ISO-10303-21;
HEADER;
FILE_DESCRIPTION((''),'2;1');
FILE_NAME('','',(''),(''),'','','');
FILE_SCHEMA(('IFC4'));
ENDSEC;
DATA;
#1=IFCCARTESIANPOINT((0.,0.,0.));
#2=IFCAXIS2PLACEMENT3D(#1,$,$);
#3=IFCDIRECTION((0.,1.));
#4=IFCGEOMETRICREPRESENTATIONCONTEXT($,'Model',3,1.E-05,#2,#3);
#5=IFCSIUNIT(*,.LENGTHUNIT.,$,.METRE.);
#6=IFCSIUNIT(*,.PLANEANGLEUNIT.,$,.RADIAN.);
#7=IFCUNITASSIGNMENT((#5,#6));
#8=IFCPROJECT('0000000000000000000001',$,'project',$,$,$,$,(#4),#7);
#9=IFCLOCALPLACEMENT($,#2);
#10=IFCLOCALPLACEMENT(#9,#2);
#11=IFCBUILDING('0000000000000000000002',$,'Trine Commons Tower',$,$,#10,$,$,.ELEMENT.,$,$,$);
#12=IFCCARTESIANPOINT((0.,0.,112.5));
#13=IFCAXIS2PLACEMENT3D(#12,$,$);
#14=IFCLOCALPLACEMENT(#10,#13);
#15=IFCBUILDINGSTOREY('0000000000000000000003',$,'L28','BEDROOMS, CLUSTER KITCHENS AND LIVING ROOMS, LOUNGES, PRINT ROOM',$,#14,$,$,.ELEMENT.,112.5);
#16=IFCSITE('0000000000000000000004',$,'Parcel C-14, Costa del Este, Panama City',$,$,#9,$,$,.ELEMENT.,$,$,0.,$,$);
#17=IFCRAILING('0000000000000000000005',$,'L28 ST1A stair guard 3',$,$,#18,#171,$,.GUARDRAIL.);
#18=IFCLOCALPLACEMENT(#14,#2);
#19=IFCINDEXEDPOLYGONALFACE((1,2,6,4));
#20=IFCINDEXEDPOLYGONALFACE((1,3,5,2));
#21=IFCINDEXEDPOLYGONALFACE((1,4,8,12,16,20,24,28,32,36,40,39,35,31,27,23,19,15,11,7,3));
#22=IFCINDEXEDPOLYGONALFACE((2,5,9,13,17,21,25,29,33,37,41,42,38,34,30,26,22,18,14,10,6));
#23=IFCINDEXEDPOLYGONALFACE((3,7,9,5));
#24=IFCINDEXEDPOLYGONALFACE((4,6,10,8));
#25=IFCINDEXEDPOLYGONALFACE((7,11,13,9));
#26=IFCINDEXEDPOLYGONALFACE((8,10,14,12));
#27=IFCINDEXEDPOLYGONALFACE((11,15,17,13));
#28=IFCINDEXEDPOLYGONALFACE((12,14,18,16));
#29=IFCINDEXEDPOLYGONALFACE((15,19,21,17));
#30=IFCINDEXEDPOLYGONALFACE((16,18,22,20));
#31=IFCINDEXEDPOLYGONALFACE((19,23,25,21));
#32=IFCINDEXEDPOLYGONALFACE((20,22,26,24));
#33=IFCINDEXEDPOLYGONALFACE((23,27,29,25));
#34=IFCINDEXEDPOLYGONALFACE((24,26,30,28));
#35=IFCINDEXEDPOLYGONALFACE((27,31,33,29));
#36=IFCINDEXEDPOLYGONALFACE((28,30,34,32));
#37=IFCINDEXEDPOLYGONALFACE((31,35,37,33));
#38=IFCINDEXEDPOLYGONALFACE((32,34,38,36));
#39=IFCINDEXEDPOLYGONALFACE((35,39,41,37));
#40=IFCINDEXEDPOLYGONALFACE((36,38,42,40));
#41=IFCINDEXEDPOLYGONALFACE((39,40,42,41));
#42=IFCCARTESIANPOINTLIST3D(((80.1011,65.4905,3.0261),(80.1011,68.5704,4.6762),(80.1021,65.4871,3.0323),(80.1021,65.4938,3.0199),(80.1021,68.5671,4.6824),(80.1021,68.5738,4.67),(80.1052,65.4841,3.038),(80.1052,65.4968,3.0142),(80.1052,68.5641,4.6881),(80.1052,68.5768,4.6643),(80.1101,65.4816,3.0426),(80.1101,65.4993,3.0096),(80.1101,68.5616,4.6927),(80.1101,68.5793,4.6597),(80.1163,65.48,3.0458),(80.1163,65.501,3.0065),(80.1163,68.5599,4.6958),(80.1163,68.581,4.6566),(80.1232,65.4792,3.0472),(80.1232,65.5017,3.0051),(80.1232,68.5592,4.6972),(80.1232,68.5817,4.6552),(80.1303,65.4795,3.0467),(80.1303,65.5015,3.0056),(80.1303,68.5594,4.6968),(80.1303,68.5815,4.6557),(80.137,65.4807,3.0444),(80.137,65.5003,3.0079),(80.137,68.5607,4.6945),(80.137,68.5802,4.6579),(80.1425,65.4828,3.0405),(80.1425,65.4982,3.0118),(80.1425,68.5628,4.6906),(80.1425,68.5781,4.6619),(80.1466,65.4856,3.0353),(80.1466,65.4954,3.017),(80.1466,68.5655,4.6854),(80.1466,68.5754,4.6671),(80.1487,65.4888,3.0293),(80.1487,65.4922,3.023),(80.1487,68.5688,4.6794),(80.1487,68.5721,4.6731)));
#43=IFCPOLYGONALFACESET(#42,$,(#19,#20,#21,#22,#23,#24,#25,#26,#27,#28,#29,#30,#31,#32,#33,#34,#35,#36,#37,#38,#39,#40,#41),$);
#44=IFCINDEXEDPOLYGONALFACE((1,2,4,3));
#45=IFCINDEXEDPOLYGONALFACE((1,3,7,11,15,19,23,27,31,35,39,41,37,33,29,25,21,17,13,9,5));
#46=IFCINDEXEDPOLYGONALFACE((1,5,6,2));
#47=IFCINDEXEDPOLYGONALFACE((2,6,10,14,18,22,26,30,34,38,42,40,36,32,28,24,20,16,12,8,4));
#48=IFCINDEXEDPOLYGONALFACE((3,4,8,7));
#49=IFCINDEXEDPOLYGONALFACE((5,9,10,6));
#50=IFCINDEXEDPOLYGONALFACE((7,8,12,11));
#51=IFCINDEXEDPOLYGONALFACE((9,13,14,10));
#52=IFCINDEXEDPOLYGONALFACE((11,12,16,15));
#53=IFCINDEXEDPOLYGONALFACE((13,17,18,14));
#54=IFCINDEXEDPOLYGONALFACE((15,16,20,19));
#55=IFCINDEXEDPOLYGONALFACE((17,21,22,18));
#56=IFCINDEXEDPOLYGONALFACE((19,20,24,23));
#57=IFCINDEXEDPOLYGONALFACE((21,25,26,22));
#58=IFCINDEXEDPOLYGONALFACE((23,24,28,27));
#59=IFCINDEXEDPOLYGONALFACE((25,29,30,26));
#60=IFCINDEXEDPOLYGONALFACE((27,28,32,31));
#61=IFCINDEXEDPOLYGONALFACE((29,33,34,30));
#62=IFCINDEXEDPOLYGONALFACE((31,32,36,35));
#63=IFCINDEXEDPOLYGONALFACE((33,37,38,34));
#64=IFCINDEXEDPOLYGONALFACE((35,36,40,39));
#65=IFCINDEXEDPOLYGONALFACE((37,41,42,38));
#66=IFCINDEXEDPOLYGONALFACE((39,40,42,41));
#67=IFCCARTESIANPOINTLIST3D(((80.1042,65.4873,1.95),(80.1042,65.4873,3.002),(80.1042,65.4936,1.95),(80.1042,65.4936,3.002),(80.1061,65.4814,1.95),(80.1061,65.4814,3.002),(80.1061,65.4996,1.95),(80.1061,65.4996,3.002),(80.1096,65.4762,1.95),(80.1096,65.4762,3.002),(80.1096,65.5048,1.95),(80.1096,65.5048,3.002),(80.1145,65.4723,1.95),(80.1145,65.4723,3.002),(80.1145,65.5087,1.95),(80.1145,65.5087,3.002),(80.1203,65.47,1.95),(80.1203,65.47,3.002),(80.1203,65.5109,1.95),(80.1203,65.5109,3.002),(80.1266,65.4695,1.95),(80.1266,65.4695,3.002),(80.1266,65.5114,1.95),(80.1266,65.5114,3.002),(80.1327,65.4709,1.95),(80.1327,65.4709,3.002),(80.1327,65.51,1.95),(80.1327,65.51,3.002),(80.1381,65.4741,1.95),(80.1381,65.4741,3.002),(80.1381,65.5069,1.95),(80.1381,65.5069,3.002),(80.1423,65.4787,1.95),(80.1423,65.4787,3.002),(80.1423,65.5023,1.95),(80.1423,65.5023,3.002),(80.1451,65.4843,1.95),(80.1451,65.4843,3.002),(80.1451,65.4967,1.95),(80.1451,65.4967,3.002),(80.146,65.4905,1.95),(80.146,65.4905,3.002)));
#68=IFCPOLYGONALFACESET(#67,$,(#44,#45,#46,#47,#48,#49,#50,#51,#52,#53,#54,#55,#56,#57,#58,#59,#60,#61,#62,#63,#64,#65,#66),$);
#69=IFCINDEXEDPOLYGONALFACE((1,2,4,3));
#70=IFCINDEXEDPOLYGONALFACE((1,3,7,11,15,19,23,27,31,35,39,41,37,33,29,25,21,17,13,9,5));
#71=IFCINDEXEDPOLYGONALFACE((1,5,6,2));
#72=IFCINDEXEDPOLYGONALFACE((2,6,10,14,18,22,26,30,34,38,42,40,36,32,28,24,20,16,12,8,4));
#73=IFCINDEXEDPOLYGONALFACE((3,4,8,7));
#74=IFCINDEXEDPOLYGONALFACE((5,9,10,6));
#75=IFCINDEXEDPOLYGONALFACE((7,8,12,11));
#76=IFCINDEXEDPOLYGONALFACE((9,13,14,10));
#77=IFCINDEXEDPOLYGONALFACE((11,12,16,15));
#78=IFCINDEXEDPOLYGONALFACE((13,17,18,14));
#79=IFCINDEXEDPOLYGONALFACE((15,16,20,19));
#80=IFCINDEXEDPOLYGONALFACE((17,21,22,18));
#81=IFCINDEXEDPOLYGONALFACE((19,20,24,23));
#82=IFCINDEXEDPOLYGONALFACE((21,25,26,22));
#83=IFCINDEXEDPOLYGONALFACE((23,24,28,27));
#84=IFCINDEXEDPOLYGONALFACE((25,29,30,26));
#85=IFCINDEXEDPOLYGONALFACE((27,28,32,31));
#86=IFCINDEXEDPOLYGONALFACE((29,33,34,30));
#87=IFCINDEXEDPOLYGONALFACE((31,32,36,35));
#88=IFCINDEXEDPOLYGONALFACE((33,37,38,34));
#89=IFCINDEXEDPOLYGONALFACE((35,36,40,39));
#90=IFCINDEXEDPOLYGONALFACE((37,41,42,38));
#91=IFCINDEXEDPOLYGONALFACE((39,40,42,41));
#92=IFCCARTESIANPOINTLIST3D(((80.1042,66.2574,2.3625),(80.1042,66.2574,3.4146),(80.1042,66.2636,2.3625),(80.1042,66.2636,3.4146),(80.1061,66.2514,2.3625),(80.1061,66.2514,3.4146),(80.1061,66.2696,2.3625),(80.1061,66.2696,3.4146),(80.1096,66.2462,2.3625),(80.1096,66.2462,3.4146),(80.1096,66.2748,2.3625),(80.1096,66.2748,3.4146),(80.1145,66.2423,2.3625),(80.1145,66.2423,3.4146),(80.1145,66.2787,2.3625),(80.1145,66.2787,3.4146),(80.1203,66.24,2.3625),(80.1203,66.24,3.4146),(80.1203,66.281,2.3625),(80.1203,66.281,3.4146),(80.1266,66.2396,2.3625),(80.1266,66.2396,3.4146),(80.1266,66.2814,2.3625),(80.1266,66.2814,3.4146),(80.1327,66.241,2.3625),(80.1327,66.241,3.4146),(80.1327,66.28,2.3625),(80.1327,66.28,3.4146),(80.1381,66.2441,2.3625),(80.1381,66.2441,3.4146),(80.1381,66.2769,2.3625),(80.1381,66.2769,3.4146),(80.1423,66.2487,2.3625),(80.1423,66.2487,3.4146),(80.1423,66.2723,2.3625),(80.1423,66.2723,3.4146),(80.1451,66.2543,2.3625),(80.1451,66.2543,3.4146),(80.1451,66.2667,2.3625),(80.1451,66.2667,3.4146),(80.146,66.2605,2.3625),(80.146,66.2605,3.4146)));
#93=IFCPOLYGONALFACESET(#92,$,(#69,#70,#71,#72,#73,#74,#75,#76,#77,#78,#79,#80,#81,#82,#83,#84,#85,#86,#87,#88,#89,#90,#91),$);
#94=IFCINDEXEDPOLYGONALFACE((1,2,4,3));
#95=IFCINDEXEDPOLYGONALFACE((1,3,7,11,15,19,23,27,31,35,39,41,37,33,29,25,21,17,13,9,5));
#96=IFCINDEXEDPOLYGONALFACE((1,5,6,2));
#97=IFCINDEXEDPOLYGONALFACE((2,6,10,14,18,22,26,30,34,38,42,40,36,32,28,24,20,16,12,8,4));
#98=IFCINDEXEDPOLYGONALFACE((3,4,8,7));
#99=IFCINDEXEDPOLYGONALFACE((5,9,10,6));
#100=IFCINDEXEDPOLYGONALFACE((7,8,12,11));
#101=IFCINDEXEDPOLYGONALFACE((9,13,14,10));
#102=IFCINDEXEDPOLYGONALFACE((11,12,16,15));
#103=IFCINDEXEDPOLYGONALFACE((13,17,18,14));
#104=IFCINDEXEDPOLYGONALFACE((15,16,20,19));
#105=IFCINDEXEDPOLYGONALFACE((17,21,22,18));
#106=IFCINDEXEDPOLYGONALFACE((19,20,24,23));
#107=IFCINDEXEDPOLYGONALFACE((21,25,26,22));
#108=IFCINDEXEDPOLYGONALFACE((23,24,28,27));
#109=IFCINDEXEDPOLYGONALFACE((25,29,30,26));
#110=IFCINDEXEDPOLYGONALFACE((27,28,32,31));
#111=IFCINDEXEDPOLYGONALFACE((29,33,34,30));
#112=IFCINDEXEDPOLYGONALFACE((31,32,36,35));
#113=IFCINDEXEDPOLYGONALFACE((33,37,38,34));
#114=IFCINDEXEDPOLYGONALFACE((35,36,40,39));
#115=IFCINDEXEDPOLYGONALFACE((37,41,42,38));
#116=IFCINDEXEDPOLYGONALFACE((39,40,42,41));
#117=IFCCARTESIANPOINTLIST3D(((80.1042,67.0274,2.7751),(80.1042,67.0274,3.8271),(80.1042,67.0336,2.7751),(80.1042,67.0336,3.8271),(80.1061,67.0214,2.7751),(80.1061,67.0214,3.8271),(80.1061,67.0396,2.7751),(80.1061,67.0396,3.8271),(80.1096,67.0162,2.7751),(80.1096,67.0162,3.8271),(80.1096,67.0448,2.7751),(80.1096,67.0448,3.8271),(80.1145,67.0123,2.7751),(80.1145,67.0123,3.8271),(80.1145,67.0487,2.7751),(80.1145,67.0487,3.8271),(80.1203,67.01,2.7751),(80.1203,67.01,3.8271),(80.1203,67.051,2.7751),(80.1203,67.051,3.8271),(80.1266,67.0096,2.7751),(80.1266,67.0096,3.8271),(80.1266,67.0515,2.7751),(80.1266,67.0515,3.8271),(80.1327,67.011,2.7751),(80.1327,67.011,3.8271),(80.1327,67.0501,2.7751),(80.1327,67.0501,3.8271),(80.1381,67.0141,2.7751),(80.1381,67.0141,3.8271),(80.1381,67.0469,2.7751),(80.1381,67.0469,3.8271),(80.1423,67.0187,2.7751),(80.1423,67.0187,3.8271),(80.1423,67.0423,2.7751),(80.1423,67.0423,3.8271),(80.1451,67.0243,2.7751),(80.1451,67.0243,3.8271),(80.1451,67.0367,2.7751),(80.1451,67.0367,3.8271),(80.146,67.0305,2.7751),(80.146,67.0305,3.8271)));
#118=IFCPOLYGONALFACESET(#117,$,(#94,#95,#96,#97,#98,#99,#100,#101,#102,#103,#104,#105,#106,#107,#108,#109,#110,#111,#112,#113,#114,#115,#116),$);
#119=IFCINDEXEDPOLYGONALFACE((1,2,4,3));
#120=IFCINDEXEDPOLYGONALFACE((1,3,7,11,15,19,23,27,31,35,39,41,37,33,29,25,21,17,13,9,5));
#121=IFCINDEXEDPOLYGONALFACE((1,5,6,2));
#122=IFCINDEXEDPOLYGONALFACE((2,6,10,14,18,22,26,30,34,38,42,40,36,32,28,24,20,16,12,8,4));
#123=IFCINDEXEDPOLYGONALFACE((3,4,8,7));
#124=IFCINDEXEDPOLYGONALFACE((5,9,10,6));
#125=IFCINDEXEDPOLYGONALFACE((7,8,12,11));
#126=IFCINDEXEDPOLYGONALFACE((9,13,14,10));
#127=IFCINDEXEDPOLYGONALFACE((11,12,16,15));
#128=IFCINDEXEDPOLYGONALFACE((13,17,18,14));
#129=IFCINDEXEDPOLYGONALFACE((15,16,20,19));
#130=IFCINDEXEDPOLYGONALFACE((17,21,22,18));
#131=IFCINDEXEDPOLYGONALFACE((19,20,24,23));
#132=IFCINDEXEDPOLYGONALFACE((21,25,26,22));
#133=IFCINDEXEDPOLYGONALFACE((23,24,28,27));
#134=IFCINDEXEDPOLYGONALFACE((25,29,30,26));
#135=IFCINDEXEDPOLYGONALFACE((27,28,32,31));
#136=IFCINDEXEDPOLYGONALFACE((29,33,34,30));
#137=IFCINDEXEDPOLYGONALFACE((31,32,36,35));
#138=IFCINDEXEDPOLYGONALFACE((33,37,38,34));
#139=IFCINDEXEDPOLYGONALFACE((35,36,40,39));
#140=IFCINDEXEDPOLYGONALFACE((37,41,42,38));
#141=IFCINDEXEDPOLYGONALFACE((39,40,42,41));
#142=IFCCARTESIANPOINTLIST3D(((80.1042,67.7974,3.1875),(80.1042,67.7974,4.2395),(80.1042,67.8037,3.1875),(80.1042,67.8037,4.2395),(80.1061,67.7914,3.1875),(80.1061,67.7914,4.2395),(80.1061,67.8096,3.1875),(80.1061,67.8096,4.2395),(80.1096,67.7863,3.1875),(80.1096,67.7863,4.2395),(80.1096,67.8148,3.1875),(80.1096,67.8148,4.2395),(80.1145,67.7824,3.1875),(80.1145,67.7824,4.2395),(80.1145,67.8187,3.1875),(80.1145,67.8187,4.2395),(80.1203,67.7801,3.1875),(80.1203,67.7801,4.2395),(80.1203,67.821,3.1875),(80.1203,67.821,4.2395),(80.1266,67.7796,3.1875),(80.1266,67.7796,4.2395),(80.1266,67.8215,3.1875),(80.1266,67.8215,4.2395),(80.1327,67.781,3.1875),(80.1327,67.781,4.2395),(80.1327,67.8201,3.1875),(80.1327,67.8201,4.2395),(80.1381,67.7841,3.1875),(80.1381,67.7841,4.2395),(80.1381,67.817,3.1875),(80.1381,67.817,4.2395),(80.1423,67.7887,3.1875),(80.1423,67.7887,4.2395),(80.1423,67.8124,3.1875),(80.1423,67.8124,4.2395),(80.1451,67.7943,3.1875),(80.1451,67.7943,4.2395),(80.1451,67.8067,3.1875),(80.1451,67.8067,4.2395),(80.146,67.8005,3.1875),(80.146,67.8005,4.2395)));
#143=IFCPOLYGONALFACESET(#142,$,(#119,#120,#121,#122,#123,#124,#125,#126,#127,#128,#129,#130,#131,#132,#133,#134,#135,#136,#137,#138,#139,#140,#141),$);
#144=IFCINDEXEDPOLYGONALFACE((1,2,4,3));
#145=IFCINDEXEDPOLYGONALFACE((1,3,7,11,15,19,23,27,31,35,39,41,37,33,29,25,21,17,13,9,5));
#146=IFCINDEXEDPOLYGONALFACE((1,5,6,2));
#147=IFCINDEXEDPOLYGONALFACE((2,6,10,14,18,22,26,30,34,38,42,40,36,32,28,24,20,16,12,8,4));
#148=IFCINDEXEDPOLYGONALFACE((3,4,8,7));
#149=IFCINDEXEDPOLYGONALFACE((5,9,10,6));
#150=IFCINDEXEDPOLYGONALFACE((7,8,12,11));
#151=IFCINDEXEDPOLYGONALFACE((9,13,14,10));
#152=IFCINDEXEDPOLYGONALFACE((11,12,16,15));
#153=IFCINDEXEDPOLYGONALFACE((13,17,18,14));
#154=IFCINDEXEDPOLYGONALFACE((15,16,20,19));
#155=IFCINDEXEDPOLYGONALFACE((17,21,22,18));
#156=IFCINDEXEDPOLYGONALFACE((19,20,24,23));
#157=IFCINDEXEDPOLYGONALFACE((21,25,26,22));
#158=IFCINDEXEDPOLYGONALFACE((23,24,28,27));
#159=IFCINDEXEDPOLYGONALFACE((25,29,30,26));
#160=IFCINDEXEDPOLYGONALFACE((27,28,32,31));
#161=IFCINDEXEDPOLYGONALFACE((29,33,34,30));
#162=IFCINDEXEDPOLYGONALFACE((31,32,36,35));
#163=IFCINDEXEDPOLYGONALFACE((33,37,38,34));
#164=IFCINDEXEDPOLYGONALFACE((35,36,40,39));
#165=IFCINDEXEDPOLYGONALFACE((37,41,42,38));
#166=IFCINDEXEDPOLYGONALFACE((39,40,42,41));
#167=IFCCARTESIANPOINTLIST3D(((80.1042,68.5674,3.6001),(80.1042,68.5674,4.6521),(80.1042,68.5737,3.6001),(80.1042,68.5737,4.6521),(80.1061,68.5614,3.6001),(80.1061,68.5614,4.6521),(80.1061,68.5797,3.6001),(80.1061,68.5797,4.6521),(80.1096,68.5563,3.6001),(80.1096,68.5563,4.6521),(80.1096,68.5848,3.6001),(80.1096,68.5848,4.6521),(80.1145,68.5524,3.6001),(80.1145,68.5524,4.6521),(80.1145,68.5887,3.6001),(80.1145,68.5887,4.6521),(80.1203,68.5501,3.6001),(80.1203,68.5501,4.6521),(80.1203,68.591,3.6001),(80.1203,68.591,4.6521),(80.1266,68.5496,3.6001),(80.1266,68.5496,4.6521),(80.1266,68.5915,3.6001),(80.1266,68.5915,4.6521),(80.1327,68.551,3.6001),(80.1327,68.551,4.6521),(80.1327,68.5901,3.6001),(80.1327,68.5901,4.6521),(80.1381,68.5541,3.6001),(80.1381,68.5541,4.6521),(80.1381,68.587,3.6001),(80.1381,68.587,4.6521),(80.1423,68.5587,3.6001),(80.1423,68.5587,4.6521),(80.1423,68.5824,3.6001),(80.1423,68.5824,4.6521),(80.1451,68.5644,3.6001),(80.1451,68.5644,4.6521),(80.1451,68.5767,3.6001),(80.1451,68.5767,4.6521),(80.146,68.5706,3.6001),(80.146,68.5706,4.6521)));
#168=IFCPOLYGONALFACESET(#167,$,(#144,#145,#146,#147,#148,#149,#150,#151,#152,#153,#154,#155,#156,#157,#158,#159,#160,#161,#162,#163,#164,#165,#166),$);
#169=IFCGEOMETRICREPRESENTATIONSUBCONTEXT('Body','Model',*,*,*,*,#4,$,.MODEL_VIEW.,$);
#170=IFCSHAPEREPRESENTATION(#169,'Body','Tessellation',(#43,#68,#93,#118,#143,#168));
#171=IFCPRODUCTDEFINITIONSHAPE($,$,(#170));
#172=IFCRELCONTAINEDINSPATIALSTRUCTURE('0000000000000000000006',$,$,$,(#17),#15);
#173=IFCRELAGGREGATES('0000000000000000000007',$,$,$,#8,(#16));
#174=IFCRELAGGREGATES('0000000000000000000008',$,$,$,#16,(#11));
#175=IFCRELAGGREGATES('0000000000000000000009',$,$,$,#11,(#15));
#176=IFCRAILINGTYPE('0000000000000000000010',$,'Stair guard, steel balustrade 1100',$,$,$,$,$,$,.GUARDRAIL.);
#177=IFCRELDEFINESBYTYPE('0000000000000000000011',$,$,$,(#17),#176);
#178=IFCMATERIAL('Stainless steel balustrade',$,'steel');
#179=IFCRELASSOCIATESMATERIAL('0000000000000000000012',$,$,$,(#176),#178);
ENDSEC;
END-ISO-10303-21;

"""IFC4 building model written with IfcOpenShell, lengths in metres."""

from ifc_helpers import new_model, si_unit, direction, frame, origin, origin_2d, place, context, subcontext, project, spatial, circle, extrude, material, type_object, element, save


model = new_model("IFC4")

# Units and contexts
model_context = context("Model", 3, precision=1e-05, world=origin(), true_north=direction((0.0, 1.0)))
body_context = subcontext(model_context, "Body", "Model", "MODEL_VIEW")
ifc_project = project(units=[si_unit("LENGTHUNIT", "METRE"), si_unit("PLANEANGLEUNIT", "RADIAN")], contexts=[model_context])

# Site, building, storey
site_placement = place(None, origin())
site = spatial("IfcSite", under=ifc_project, at=site_placement, Name="Parcel C-14, Costa del Este, Panama City", CompositionType="ELEMENT", RefElevation=0.0)
building_placement = place(site_placement, origin())
building = spatial("IfcBuilding", under=site, at=building_placement, Name="Trine Commons Tower", CompositionType="ELEMENT")
storey_placement = place(building_placement, frame((0.0, 0.0, 112.5)))
storey = spatial("IfcBuildingStorey", under=building, at=storey_placement, Name="L28", Description="BEDROOMS, CLUSTER KITCHENS AND LIVING ROOMS, LOUNGES, PRINT ROOM", CompositionType="ELEMENT", Elevation=112.5)

# Railing
ifc_material_1 = material(Name="Stainless steel balustrade", Category="steel")
railing_type_1 = type_object("IfcRailingType", Name="Stair guard, steel balustrade 1100", PredefinedType="GUARDRAIL", material=ifc_material_1)
railing_1_placement = place(storey_placement, frame((80.125, 65.4905, 1.95)))
element("IfcRailing", 1, at=railing_1_placement, inside=storey, type_object=railing_type_1, Name="L28 ST1A stair guard 3", PredefinedType="GUARDRAIL", context=body_context, shape_type="SweptSolid", body=[
    extrude(circle(Radius=0.0239, at=origin_2d()), frame((0.0, 0.0, 1.0762), z_axis=(0.0, 0.881468, 0.472245), x_axis=(-1.0, 0.0, 0.0)), (0.0, 0.0, 1.0), 3.4941),
    extrude(circle(Radius=0.021, at=origin_2d()), origin(), (0.0, 0.0, 1.0), 1.052),
    extrude(circle(Radius=0.021, at=origin_2d()), frame((0.0, 0.77, 0.4126)), (0.0, 0.0, 1.0), 1.052),
    extrude(circle(Radius=0.021, at=origin_2d()), frame((0.0, 1.54, 0.8252)), (0.0, 0.0, 1.0), 1.052),
    extrude(circle(Radius=0.021, at=origin_2d()), frame((0.0, 2.3101, 1.2375)), (0.0, 0.0, 1.0), 1.052),
    extrude(circle(Radius=0.021, at=origin_2d()), frame((0.0, 3.0801, 1.6501)), (0.0, 0.0, 1.0), 1.052),
])

save(model, "model.ifc")
